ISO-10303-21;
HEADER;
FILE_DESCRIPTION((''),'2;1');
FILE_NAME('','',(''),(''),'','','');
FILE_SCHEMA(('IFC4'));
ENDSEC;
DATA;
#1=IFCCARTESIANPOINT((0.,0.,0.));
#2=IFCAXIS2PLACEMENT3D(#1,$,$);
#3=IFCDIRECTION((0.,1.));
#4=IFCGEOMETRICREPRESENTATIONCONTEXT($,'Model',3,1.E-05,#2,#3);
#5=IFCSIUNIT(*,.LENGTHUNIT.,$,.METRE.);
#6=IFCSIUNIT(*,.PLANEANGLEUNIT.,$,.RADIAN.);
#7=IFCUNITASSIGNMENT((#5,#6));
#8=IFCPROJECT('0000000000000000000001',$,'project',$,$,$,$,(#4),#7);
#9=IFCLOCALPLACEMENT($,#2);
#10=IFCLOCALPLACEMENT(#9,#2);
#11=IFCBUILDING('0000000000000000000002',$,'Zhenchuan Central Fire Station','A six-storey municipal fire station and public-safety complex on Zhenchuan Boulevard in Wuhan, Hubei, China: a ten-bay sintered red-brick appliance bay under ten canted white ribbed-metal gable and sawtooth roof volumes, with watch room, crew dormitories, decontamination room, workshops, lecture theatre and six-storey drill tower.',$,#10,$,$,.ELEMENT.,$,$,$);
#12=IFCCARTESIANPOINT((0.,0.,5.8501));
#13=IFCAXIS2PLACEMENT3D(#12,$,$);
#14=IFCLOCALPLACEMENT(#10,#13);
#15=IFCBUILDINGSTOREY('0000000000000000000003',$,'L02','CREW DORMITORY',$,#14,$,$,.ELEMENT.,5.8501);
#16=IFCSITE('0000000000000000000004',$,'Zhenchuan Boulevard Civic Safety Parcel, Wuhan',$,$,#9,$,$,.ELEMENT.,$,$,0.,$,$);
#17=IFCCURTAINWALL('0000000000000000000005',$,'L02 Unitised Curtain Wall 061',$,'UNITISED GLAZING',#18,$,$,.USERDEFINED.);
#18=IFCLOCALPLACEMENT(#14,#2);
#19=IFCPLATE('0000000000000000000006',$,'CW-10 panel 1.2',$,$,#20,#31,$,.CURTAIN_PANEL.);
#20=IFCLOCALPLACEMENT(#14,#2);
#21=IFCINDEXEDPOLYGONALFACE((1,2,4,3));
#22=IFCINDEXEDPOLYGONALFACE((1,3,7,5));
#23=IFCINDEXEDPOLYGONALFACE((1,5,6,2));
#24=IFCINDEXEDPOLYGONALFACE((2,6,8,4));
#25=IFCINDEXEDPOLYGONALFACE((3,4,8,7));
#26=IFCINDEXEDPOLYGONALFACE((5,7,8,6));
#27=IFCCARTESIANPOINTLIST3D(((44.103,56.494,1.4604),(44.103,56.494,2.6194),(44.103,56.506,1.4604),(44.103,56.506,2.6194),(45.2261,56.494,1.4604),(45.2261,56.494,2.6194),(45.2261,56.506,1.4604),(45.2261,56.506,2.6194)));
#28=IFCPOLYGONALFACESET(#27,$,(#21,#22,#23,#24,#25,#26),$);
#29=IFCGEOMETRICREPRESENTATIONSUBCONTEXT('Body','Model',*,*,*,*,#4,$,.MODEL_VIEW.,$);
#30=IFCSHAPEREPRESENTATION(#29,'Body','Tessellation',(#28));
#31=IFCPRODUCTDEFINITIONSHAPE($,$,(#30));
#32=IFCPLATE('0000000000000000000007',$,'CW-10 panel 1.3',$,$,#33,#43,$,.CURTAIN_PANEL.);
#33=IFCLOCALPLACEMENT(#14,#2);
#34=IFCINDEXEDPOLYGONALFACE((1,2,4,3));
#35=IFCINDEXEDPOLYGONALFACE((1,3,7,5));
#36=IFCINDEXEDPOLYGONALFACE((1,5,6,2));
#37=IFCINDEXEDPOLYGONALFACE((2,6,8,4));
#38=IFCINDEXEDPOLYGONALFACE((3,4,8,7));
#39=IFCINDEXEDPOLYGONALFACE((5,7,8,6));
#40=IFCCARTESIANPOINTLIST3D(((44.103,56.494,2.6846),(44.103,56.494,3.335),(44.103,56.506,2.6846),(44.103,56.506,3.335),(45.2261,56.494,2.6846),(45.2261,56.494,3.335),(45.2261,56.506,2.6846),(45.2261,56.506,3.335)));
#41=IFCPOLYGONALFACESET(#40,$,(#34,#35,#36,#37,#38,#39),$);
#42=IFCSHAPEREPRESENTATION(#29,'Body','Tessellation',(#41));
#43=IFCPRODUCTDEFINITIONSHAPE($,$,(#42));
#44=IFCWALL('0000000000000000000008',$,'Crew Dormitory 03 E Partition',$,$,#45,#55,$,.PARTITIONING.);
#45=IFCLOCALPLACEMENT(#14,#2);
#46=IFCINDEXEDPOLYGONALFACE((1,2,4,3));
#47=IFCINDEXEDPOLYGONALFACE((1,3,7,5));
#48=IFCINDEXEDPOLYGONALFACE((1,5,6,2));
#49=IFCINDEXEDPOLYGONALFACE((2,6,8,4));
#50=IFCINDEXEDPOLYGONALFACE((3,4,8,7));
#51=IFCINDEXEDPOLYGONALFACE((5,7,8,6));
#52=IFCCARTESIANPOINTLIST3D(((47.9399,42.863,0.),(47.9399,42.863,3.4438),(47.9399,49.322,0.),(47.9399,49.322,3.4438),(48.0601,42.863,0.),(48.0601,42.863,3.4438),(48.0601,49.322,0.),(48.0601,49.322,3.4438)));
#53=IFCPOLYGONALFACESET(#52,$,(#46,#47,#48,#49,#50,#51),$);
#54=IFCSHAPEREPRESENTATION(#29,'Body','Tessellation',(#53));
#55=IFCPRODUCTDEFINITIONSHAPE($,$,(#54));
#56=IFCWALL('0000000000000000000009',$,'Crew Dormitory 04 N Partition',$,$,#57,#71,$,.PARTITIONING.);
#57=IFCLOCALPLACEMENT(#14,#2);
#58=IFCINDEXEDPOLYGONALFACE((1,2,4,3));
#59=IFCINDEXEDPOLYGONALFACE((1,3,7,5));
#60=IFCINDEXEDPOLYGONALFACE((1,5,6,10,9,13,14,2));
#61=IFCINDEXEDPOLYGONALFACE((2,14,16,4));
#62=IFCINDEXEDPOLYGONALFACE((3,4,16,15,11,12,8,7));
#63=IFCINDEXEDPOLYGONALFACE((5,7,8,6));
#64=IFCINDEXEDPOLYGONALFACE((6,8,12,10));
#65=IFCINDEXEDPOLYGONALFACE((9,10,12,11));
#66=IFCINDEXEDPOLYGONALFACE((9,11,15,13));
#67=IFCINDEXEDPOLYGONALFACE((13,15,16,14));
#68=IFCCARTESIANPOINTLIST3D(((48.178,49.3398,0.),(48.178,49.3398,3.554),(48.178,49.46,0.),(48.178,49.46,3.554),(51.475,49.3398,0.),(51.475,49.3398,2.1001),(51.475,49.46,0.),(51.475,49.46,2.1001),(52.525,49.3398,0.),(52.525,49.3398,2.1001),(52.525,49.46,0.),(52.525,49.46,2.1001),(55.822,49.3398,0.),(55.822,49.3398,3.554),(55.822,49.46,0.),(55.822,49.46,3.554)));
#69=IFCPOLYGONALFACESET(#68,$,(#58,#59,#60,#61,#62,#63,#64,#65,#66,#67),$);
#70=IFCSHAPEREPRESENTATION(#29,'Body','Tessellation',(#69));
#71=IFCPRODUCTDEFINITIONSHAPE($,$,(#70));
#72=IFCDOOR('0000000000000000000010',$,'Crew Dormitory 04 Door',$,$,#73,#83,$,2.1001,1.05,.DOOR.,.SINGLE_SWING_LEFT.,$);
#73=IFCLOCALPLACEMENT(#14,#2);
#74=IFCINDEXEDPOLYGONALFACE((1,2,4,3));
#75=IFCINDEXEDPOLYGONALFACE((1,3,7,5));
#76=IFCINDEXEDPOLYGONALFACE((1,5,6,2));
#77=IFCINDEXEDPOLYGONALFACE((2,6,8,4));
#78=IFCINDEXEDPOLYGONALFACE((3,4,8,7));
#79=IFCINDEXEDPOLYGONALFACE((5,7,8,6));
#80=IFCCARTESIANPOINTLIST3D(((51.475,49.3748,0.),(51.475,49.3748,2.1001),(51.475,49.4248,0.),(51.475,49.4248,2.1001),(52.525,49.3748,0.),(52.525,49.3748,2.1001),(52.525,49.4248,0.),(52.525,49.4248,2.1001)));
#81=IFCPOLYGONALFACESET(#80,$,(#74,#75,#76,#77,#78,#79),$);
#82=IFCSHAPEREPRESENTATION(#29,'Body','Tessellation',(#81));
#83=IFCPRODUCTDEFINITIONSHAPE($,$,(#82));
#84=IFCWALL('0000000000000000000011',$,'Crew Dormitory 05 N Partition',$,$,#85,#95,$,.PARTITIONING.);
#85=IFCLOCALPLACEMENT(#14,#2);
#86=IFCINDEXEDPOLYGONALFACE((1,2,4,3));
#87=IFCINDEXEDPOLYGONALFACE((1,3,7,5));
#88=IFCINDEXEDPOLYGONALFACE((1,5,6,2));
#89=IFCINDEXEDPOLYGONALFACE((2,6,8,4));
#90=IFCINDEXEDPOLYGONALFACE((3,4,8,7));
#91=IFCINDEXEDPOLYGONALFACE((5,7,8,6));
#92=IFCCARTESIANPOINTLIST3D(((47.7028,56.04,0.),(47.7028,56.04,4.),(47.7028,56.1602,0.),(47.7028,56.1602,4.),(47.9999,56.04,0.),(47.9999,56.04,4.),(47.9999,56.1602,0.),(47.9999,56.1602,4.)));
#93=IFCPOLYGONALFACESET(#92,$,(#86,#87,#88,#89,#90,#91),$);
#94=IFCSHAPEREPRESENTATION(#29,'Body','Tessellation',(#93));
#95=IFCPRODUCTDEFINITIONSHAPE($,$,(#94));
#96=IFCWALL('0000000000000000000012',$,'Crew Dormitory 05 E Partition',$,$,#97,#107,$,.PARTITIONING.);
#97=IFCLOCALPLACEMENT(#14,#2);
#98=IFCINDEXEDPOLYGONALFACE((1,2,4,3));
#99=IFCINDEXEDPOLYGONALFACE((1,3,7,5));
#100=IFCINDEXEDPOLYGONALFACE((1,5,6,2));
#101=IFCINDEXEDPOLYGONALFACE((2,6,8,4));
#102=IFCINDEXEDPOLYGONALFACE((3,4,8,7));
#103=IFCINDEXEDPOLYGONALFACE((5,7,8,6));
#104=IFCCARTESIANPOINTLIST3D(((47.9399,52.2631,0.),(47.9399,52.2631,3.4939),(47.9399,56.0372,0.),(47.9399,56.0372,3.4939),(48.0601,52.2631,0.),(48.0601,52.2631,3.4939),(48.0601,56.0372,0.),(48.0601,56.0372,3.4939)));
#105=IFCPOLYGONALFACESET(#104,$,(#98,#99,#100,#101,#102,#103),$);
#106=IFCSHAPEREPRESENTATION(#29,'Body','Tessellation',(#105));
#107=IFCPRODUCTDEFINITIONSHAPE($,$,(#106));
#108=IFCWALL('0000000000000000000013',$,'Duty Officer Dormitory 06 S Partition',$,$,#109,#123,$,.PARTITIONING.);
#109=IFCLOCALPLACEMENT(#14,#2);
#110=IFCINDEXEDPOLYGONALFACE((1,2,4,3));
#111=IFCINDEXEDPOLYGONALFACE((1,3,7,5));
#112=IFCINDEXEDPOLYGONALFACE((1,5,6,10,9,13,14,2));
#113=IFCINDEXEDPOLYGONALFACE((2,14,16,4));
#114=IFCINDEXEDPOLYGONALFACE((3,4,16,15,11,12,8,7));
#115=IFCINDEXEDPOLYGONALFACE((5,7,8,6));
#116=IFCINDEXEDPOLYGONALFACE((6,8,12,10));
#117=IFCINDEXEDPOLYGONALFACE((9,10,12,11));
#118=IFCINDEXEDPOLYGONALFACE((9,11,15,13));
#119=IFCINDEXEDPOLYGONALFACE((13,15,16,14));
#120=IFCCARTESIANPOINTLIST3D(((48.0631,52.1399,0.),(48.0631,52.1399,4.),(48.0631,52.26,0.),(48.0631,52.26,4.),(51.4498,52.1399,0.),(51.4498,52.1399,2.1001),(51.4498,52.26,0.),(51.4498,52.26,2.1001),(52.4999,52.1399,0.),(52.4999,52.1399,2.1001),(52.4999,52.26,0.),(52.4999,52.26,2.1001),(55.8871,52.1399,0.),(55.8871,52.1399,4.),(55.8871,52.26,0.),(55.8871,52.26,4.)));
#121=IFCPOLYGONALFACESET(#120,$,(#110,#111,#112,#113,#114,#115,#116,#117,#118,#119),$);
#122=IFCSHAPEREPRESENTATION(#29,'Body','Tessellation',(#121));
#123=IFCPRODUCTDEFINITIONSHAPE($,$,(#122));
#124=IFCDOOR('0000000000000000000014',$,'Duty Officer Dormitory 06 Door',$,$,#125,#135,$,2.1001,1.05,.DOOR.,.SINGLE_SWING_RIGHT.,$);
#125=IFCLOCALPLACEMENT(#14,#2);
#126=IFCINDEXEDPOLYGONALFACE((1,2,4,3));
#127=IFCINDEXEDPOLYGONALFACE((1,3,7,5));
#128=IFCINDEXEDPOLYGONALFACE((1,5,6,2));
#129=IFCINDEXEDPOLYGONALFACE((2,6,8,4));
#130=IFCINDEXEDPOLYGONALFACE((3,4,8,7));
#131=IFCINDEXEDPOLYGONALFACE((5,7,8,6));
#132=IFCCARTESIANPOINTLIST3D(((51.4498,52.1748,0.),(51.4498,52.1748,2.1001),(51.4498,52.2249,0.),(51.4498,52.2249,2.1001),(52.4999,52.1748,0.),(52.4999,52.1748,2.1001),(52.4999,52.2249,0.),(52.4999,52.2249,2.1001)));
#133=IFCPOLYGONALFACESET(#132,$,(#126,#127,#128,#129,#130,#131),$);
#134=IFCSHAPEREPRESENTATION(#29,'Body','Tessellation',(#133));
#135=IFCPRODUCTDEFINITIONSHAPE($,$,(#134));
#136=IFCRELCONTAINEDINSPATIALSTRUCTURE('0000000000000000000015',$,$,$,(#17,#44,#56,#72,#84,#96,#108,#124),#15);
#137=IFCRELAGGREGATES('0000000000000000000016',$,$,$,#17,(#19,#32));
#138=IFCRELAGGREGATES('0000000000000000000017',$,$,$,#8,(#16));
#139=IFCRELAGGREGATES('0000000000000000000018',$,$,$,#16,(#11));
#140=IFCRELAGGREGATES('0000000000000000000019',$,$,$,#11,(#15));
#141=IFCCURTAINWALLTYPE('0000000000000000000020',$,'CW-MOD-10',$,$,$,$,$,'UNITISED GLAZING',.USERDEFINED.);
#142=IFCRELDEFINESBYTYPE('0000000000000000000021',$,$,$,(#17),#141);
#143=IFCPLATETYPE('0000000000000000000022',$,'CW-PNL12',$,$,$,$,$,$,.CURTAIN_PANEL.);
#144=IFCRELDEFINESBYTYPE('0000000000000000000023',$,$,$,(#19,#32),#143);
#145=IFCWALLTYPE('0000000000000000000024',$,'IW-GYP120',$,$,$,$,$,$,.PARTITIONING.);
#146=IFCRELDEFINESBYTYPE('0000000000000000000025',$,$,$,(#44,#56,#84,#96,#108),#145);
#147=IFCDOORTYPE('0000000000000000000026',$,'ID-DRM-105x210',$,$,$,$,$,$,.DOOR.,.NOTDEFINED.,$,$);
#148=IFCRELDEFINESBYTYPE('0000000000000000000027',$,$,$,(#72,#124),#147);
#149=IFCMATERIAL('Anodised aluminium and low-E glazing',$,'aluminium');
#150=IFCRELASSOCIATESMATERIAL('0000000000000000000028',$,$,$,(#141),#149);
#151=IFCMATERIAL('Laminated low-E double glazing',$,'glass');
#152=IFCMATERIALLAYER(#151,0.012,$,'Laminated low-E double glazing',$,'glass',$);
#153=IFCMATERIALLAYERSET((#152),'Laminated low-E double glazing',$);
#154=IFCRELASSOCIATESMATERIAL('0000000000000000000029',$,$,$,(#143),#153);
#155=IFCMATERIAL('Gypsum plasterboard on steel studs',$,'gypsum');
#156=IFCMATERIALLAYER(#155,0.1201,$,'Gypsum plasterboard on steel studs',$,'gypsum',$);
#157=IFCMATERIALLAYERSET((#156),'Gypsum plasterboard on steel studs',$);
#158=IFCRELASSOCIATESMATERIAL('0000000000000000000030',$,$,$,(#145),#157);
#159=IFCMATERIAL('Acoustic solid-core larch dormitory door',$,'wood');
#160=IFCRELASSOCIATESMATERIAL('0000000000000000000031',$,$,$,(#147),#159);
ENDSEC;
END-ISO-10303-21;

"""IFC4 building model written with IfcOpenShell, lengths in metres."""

from ifc_helpers import new_model, si_unit, direction, frame, frame_2d, origin, origin_2d, place, context, subcontext, project, spatial, rectangle, extrude, material, layer, layer_set, type_object, element, fill, aggregate, save


model = new_model("IFC4")

# Units and contexts
model_context = context("Model", 3, precision=1e-05, world=origin(), true_north=direction((0.0, 1.0)))
body_context = subcontext(model_context, "Body", "Model", "MODEL_VIEW")
ifc_project = project(units=[si_unit("LENGTHUNIT", "METRE"), si_unit("PLANEANGLEUNIT", "RADIAN")], contexts=[model_context])

# Site, building, storey
site_placement = place(None, origin())
site = spatial("IfcSite", under=ifc_project, at=site_placement, Name="Zhenchuan Boulevard Civic Safety Parcel, Wuhan", CompositionType="ELEMENT", RefElevation=0.0)
building_placement = place(site_placement, origin())
building = spatial("IfcBuilding", under=site, at=building_placement, Name="Zhenchuan Central Fire Station", Description="A six-storey municipal fire station and public-safety complex on Zhenchuan Boulevard in Wuhan, Hubei, China: a ten-bay sintered red-brick appliance bay under ten canted white ribbed-metal gable and sawtooth roof volumes, with watch room, crew dormitories, decontamination room, workshops, lecture theatre and six-storey drill tower.", CompositionType="ELEMENT")
storey_placement = place(building_placement, frame((0.0, 0.0, 5.8501)))
storey = spatial("IfcBuildingStorey", under=building, at=storey_placement, Name="L02", Description="CREW DORMITORY", CompositionType="ELEMENT", Elevation=5.8501)

# Curtain wall
ifc_material_1 = material(Name="Anodised aluminium and low-E glazing", Category="aluminium")
curtain_wall_type = type_object("IfcCurtainWallType", Name="CW-MOD-10", ElementType="UNITISED GLAZING", PredefinedType="USERDEFINED", material=ifc_material_1)
curtain_wall_placement = place(storey_placement, origin())
curtain_wall = element("IfcCurtainWall", 1, at=curtain_wall_placement, inside=storey, type_object=curtain_wall_type, Name="L02 Unitised Curtain Wall 061", ObjectType="UNITISED GLAZING", PredefinedType="USERDEFINED")

# Plates
ifc_material_2 = material(Name="Laminated low-E double glazing", Category="glass")
ifc_layer_1 = layer(ifc_material_2, 0.012, Name="Laminated low-E double glazing", Category="glass")
ifc_layer_set_1 = layer_set([ifc_layer_1], Name="Laminated low-E double glazing")
plate_type = type_object("IfcPlateType", Name="CW-PNL12", PredefinedType="CURTAIN_PANEL", material=ifc_layer_set_1)
plate_1_placement = place(storey_placement, frame((44.6646, 56.5, 1.4604), z_axis=(0.0, 0.0, 1.0), x_axis=(1.0, 0.0, 0.0)))
plate_1 = element("IfcPlate", 2, at=plate_1_placement, type_object=plate_type, Name="CW-10 panel 1.2", PredefinedType="CURTAIN_PANEL", context=body_context, shape_type="SweptSolid", body=[
    extrude(rectangle(XDim=1.123, YDim=0.012, at=origin_2d()), origin(), (0.0, 0.0, 1.0), 1.1589),
])
plate_2_placement = place(storey_placement, frame((44.6646, 56.5, 2.6846), z_axis=(0.0, 0.0, 1.0), x_axis=(1.0, 0.0, 0.0)))
plate_2 = element("IfcPlate", 3, at=plate_2_placement, type_object=plate_type, Name="CW-10 panel 1.3", PredefinedType="CURTAIN_PANEL", context=body_context, shape_type="SweptSolid", body=[
    extrude(rectangle(XDim=1.123, YDim=0.012, at=origin_2d()), origin(), (0.0, 0.0, 1.0), 0.6504),
])
aggregate(curtain_wall, [plate_1, plate_2])

# Wall
ifc_material_3 = material(Name="Gypsum plasterboard on steel studs", Category="gypsum")
ifc_layer_2 = layer(ifc_material_3, 0.1201, Name="Gypsum plasterboard on steel studs", Category="gypsum")
ifc_layer_set_2 = layer_set([ifc_layer_2], Name="Gypsum plasterboard on steel studs")
wall_type = type_object("IfcWallType", Name="IW-GYP120", PredefinedType="PARTITIONING", material=ifc_layer_set_2)
wall_1_placement = place(storey_placement, frame((48.0, 42.863, 0.0), z_axis=(0.0, 0.0, 1.0), x_axis=(0.0, 1.0, 0.0)))
element("IfcWall", 4, at=wall_1_placement, inside=storey, type_object=wall_type, Name="Crew Dormitory 03 E Partition", PredefinedType="PARTITIONING", context=body_context, shape_type="SweptSolid", body=[
    extrude(rectangle(XDim=6.459, YDim=0.1201, at=frame_2d((3.2295, 0.0))), origin(), (0.0, 0.0, 1.0), 3.4438),
])

# Wall, opening, door
wall_2_placement = place(storey_placement, frame((48.178, 49.3999, 0.0), z_axis=(0.0, 0.0, 1.0), x_axis=(1.0, 0.0, 0.0)))
wall_2 = element("IfcWall", 5, at=wall_2_placement, inside=storey, type_object=wall_type, Name="Crew Dormitory 04 N Partition", PredefinedType="PARTITIONING", context=body_context, shape_type="SweptSolid", body=[
    extrude(rectangle(XDim=7.644, YDim=0.1201, at=frame_2d((3.822, 0.0))), origin(), (0.0, 0.0, 1.0), 3.554),
])
opening_1_placement = place(wall_2_placement, frame((3.2971, 0.0, 0.0)))
opening_1 = element("IfcOpeningElement", 6, at=opening_1_placement, cuts=wall_2, PredefinedType="OPENING", context=body_context, shape_type="SweptSolid", body=[
    extrude(rectangle(XDim=1.05, YDim=2.1001, at=frame_2d((0.5249, 1.05))), frame((0.0, 0.0701, 0.0), z_axis=(0.0, -1.0, 0.0), x_axis=(1.0, 0.0, 0.0)), (0.0, 0.0, 1.0), 0.1401),
])
ifc_material_4 = material(Name="Acoustic solid-core larch dormitory door", Category="wood")
door_type = type_object("IfcDoorType", Name="ID-DRM-105x210", OperationType="NOTDEFINED", PredefinedType="DOOR", material=ifc_material_4)
door_1_placement = place(opening_1_placement, origin())
door_1 = element("IfcDoor", 7, at=door_1_placement, inside=storey, type_object=door_type, Name="Crew Dormitory 04 Door", OperationType="SINGLE_SWING_LEFT", OverallHeight=2.1001, OverallWidth=1.05, PredefinedType="DOOR", context=body_context, shape_type="SweptSolid", body=[
    extrude(rectangle(XDim=1.05, YDim=2.1001, at=frame_2d((0.5249, 1.05))), frame((0.0, 0.0249, 0.0), z_axis=(0.0, -1.0, 0.0), x_axis=(1.0, 0.0, 0.0)), (0.0, 0.0, 1.0), 0.05),
])
fill(opening_1, door_1)

# Walls
wall_3_placement = place(storey_placement, frame((47.7029, 56.1001, 0.0), z_axis=(0.0, 0.0, 1.0), x_axis=(1.0, 0.0, 0.0)))
element("IfcWall", 8, at=wall_3_placement, inside=storey, type_object=wall_type, Name="Crew Dormitory 05 N Partition", PredefinedType="PARTITIONING", context=body_context, shape_type="SweptSolid", body=[
    extrude(rectangle(XDim=0.2971, YDim=0.1201, at=frame_2d((0.1484, 0.0))), origin(), (0.0, 0.0, 1.0), 4.0),
])
wall_4_placement = place(storey_placement, frame((48.0, 52.2629, 0.0), z_axis=(0.0, 0.0, 1.0), x_axis=(0.0, 1.0, 0.0)))
element("IfcWall", 9, at=wall_4_placement, inside=storey, type_object=wall_type, Name="Crew Dormitory 05 E Partition", PredefinedType="PARTITIONING", context=body_context, shape_type="SweptSolid", body=[
    extrude(rectangle(XDim=3.7742, YDim=0.1201, at=frame_2d((1.8872, 0.0))), origin(), (0.0, 0.0, 1.0), 3.4939),
])

# Wall, opening, door
wall_5_placement = place(storey_placement, frame((48.063, 52.2, 0.0), z_axis=(0.0, 0.0, 1.0), x_axis=(1.0, 0.0, 0.0)))
wall_5 = element("IfcWall", 10, at=wall_5_placement, inside=storey, type_object=wall_type, Name="Duty Officer Dormitory 06 S Partition", PredefinedType="PARTITIONING", context=body_context, shape_type="SweptSolid", body=[
    extrude(rectangle(XDim=7.824, YDim=0.1201, at=frame_2d((3.9121, 0.0))), origin(), (0.0, 0.0, 1.0), 4.0),
])
opening_2_placement = place(wall_5_placement, frame((3.387, 0.0, 0.0)))
opening_2 = element("IfcOpeningElement", 11, at=opening_2_placement, cuts=wall_5, PredefinedType="OPENING", context=body_context, shape_type="SweptSolid", body=[
    extrude(rectangle(XDim=1.05, YDim=2.1001, at=frame_2d((0.5249, 1.05))), frame((0.0, 0.0701, 0.0), z_axis=(0.0, -1.0, 0.0), x_axis=(1.0, 0.0, 0.0)), (0.0, 0.0, 1.0), 0.1401),
])
door_2_placement = place(opening_2_placement, origin())
door_2 = element("IfcDoor", 12, at=door_2_placement, inside=storey, type_object=door_type, Name="Duty Officer Dormitory 06 Door", OperationType="SINGLE_SWING_RIGHT", OverallHeight=2.1001, OverallWidth=1.05, PredefinedType="DOOR", context=body_context, shape_type="SweptSolid", body=[
    extrude(rectangle(XDim=1.05, YDim=2.1001, at=frame_2d((0.5249, 1.05))), frame((0.0, 0.0249, 0.0), z_axis=(0.0, -1.0, 0.0), x_axis=(1.0, 0.0, 0.0)), (0.0, 0.0, 1.0), 0.05),
])
fill(opening_2, door_2)

save(model, "model.ifc")
